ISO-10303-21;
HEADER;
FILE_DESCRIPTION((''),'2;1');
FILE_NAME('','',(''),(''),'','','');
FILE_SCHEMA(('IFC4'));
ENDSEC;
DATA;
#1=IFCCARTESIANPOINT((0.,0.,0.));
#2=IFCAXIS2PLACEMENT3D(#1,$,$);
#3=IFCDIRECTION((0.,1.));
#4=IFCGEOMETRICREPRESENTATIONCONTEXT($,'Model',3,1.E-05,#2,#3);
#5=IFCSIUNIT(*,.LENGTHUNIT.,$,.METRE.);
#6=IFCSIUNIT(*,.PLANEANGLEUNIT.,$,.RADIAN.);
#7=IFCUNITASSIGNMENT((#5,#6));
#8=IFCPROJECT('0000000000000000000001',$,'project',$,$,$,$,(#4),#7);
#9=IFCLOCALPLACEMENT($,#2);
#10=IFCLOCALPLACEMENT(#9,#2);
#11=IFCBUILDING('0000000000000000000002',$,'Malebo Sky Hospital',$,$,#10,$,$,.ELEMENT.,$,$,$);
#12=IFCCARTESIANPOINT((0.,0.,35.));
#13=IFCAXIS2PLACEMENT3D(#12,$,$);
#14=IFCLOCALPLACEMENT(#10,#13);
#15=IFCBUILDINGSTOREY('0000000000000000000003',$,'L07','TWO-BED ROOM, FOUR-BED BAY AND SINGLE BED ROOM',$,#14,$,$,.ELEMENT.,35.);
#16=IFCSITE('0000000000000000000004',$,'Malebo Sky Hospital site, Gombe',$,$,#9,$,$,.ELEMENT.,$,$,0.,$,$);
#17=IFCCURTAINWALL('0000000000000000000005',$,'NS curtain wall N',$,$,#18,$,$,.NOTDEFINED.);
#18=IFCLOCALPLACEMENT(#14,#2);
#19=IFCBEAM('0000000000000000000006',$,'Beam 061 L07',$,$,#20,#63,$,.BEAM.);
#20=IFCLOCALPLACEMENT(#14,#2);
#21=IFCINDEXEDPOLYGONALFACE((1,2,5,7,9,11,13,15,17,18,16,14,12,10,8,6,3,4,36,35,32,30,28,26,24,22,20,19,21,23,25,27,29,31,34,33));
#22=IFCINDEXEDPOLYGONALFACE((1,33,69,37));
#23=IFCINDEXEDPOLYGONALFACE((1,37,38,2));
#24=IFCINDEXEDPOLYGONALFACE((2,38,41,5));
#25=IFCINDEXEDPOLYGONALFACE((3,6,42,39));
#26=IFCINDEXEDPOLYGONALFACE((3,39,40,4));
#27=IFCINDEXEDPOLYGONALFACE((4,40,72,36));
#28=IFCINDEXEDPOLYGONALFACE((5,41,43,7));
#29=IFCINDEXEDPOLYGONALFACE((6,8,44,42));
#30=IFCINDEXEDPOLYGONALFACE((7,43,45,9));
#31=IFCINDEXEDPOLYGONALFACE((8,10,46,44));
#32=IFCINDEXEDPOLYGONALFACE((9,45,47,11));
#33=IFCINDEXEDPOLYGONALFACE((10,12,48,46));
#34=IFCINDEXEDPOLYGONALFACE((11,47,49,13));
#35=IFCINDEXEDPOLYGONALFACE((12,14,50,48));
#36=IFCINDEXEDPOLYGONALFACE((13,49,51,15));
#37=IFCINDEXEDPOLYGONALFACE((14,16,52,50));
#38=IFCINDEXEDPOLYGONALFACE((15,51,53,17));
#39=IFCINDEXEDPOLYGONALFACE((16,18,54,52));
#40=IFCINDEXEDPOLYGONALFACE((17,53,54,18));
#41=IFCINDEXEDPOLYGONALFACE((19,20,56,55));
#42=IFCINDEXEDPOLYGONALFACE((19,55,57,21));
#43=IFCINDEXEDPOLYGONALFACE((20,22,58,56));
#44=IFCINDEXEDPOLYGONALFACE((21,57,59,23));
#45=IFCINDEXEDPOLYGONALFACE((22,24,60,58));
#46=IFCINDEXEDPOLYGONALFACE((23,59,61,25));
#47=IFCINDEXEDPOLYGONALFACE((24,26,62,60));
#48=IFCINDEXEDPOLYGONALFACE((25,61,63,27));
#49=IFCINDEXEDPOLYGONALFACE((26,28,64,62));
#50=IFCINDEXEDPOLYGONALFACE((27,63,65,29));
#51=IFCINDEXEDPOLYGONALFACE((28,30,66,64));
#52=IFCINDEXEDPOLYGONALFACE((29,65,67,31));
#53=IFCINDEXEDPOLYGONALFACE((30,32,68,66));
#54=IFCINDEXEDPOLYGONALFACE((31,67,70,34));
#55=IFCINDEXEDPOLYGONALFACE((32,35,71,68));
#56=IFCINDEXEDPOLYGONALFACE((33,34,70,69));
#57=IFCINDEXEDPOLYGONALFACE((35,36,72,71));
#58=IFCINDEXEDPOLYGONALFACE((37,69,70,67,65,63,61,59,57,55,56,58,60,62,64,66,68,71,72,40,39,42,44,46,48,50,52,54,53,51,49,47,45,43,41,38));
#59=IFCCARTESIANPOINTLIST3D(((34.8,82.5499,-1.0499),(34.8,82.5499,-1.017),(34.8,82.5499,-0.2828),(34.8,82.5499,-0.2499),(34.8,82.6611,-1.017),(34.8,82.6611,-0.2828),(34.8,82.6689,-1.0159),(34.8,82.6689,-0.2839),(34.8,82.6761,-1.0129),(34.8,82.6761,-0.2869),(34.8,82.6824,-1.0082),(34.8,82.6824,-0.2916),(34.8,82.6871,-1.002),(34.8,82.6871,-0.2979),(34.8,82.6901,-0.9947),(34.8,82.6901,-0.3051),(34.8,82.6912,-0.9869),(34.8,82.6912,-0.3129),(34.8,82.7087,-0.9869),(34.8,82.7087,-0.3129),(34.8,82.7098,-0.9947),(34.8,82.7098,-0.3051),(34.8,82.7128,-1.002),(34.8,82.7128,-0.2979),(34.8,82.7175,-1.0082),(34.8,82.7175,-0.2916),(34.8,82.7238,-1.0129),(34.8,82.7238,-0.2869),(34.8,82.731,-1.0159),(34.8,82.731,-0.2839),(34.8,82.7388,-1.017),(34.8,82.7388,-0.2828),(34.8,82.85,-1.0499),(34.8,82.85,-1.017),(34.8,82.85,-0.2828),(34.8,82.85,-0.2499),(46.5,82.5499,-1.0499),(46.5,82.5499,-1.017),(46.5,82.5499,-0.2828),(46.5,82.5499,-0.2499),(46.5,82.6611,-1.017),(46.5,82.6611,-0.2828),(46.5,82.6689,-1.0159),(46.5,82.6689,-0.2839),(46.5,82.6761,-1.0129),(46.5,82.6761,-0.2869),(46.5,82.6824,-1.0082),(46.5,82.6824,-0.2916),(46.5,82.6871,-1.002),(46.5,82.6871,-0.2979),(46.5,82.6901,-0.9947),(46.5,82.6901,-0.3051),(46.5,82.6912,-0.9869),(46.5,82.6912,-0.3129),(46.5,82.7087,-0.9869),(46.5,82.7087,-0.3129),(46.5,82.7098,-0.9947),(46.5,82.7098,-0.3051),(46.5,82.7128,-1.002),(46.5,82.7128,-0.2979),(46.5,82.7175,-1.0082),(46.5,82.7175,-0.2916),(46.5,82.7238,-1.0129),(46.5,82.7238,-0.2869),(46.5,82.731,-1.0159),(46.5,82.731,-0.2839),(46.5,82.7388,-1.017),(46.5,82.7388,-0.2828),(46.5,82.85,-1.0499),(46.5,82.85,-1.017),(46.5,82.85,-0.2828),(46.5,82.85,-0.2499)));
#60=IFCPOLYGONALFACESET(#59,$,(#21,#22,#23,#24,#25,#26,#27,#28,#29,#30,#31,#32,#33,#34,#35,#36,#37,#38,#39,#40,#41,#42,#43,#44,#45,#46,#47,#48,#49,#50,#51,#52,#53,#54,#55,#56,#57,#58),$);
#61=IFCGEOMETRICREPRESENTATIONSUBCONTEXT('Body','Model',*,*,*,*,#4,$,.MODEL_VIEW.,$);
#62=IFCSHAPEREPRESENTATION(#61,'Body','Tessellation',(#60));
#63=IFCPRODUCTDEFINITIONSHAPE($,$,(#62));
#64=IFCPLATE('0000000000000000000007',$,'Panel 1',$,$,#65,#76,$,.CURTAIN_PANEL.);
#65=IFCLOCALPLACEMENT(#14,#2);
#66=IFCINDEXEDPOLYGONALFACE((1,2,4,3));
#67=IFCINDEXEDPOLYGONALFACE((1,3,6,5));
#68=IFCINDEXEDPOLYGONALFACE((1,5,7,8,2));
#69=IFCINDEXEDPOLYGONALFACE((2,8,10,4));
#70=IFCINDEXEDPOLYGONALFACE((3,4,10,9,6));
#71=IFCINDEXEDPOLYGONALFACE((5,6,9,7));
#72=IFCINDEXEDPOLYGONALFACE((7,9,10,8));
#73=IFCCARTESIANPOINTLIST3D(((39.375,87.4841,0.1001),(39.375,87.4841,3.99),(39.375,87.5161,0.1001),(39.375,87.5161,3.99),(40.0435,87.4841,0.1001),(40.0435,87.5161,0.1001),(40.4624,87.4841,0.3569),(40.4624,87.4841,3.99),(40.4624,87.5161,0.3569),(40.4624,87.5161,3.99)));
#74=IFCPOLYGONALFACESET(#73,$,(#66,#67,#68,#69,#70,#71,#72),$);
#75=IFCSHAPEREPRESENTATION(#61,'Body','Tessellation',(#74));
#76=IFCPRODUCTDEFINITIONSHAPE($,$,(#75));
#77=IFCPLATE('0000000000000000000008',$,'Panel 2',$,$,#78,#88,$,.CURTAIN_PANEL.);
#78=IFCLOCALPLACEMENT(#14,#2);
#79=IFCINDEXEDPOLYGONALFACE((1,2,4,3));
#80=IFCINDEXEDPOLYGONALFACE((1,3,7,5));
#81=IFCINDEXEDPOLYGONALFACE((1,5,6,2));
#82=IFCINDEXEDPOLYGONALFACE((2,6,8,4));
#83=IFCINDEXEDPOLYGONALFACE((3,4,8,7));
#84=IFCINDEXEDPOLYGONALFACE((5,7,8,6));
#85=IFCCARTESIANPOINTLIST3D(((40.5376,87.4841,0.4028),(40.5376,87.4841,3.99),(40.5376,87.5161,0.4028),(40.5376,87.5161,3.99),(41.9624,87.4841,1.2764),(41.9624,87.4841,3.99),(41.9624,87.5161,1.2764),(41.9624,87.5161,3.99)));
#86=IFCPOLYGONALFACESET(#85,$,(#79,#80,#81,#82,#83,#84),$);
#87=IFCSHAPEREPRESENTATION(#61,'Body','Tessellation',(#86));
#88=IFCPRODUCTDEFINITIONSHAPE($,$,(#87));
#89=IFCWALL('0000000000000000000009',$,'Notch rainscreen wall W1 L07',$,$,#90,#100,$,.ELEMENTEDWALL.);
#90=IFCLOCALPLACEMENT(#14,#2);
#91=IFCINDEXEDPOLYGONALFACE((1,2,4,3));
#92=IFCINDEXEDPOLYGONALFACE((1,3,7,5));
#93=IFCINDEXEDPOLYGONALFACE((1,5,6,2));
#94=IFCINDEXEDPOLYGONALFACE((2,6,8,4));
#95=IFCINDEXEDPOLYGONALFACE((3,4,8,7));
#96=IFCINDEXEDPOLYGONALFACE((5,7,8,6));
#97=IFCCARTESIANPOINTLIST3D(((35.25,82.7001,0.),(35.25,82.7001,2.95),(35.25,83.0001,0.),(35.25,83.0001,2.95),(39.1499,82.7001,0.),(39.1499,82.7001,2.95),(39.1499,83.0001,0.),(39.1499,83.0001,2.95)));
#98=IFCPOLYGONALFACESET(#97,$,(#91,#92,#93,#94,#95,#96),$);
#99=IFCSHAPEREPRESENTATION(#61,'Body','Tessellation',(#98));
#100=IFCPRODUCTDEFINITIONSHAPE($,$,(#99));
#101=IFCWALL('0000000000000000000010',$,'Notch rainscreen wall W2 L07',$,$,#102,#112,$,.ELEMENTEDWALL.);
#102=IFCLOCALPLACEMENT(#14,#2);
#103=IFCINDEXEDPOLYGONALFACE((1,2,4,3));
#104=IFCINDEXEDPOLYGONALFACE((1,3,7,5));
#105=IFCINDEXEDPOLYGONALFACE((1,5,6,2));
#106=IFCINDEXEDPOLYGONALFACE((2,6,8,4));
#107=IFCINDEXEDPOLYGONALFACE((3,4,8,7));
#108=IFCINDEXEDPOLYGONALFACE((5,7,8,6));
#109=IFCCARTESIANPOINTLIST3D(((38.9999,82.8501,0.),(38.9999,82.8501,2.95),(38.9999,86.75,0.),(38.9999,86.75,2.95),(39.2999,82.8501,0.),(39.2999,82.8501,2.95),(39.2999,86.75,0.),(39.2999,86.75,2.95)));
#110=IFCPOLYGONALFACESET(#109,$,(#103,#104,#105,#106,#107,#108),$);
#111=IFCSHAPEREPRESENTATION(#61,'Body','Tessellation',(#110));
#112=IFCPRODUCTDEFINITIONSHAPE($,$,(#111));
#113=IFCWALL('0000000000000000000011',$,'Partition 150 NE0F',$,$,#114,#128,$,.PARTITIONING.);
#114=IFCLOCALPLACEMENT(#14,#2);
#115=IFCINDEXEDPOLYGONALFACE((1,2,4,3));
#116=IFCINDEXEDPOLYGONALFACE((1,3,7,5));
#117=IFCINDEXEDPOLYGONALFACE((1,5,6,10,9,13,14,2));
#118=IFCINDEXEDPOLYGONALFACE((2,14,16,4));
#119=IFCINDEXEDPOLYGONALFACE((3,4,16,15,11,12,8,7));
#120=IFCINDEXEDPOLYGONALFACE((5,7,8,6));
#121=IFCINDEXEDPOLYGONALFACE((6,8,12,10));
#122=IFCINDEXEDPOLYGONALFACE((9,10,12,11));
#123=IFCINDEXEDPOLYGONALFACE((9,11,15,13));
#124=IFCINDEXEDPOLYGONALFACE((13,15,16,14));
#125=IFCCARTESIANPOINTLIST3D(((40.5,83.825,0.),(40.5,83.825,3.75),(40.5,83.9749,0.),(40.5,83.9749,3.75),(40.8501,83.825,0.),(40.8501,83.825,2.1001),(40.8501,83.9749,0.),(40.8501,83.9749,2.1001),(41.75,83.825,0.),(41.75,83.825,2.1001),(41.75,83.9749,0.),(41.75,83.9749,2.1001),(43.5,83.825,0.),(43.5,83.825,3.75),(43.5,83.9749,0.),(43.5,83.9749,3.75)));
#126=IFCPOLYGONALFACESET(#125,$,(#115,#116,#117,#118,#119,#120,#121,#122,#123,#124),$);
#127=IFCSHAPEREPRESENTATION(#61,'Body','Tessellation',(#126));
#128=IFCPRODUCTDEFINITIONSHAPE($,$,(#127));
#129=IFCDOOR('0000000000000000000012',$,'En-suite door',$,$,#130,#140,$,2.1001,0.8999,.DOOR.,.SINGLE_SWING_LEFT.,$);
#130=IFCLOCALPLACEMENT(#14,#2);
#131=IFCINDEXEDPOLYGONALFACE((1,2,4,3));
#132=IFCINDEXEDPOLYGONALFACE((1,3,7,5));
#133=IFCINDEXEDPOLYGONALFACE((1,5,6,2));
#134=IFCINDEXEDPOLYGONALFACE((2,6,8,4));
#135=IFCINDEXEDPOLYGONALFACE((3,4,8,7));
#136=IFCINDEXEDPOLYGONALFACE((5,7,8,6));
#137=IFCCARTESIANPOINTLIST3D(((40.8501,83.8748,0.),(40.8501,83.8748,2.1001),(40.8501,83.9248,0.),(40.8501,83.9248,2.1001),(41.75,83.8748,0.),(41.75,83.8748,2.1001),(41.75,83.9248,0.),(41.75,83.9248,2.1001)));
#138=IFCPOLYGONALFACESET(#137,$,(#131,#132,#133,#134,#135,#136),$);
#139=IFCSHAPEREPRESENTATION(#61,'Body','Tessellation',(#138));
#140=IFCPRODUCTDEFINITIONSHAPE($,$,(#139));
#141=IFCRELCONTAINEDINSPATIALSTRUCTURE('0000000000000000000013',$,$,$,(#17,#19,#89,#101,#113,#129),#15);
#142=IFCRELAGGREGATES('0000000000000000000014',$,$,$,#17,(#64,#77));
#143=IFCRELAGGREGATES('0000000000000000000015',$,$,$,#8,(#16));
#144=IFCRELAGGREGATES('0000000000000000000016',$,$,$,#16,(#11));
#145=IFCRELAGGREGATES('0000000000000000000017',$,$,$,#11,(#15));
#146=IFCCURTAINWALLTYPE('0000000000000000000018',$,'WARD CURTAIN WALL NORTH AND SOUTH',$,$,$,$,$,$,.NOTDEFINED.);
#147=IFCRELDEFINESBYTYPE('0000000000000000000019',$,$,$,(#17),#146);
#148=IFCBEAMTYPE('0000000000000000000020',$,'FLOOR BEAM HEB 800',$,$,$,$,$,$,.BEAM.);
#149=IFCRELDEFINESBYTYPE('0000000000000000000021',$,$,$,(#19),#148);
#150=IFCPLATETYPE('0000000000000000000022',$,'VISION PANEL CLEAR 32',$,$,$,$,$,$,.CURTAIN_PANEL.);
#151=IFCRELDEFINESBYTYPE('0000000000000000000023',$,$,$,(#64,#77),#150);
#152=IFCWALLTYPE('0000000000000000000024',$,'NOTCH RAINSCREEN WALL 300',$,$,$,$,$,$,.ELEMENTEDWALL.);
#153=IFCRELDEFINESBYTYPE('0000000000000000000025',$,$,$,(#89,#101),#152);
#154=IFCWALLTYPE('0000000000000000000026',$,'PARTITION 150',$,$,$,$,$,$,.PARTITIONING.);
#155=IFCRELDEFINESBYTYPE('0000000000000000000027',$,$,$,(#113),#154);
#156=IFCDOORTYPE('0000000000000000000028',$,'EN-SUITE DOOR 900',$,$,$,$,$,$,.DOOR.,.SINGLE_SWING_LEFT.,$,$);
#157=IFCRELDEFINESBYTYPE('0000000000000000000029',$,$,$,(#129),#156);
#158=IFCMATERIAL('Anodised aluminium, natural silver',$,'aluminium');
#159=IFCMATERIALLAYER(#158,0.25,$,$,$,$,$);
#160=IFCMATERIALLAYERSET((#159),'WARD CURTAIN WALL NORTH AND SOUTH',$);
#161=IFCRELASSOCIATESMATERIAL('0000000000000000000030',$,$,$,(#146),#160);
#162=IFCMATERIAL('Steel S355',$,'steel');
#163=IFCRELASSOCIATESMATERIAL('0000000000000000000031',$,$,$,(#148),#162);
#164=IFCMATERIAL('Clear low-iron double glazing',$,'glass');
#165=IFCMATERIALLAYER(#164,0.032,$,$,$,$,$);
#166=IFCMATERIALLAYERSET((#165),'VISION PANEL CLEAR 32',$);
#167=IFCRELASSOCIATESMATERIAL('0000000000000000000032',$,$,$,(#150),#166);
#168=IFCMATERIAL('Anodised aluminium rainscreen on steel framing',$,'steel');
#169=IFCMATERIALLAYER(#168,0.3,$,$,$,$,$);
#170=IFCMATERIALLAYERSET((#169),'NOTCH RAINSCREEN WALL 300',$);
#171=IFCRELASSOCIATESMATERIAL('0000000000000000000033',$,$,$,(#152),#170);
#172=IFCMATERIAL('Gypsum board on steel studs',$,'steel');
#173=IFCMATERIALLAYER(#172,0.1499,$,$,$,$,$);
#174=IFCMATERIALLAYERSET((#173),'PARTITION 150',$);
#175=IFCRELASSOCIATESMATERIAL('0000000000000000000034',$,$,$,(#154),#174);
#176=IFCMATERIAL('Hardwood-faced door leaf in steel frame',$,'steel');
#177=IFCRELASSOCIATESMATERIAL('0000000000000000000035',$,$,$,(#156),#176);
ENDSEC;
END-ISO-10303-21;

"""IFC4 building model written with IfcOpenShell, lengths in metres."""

from ifc_helpers import new_model, si_unit, direction, frame, frame_2d, origin, origin_2d, place, context, subcontext, project, spatial, polyline, rectangle, i_section, outline, extrude, material, layer, layer_set, material_profile, profile_set, type_object, element, fill, aggregate, save


model = new_model("IFC4")

# Units and contexts
model_context = context("Model", 3, precision=1e-05, world=origin(), true_north=direction((0.0, 1.0)))
body_context = subcontext(model_context, "Body", "Model", "MODEL_VIEW")
ifc_project = project(units=[si_unit("LENGTHUNIT", "METRE"), si_unit("PLANEANGLEUNIT", "RADIAN")], contexts=[model_context])

# Site, building, storey
site_placement = place(None, origin())
site = spatial("IfcSite", under=ifc_project, at=site_placement, Name="Malebo Sky Hospital site, Gombe", CompositionType="ELEMENT", RefElevation=0.0)
building_placement = place(site_placement, origin())
building = spatial("IfcBuilding", under=site, at=building_placement, Name="Malebo Sky Hospital", CompositionType="ELEMENT")
storey_placement = place(building_placement, frame((0.0, 0.0, 35.0)))
storey = spatial("IfcBuildingStorey", under=building, at=storey_placement, Name="L07", Description="TWO-BED ROOM, FOUR-BED BAY AND SINGLE BED ROOM", CompositionType="ELEMENT", Elevation=35.0)

# Curtain wall
ifc_material_1 = material(Name="Anodised aluminium, natural silver", Category="aluminium")
ifc_layer_1 = layer(ifc_material_1, 0.25)
ifc_layer_set_1 = layer_set([ifc_layer_1], Name="WARD CURTAIN WALL NORTH AND SOUTH")
curtain_wall_type = type_object("IfcCurtainWallType", Name="WARD CURTAIN WALL NORTH AND SOUTH", PredefinedType="NOTDEFINED", material=ifc_layer_set_1)
curtain_wall_placement = place(storey_placement, origin())
curtain_wall = element("IfcCurtainWall", 1, at=curtain_wall_placement, inside=storey, type_object=curtain_wall_type, Name="NS curtain wall N", PredefinedType="NOTDEFINED")

# Shared definitions
ifc_material_2 = material(Name="Steel S355", Category="steel")

# Beam
ifc_material_profile_1 = material_profile(ifc_material_2, i_section(OverallWidth=0.3, OverallDepth=0.8, WebThickness=0.0176, FlangeThickness=0.033, FilletRadius=0.03, at=origin_2d()), Name="HEB 800")
ifc_profile_set_1 = profile_set([ifc_material_profile_1], Name="Steel S355")
beam_type_1 = type_object("IfcBeamType", Name="FLOOR BEAM HEB 800", PredefinedType="BEAM", material=ifc_profile_set_1)
beam_1_placement = place(storey_placement, frame((34.8, 82.7, -0.6499), z_axis=(1.0, 0.0, 0.0), x_axis=(0.0, 1.0, 0.0)))
element("IfcBeam", 2, at=beam_1_placement, inside=storey, type_object=beam_type_1, Name="Beam 061 L07", PredefinedType="BEAM", context=body_context, shape_type="SweptSolid", body=[
    extrude(i_section(OverallWidth=0.3, OverallDepth=0.8, WebThickness=0.0176, FlangeThickness=0.033, FilletRadius=0.03, at=origin_2d()), origin(), (0.0, 0.0, 1.0), 11.7),
])

# Plates
ifc_material_3 = material(Name="Clear low-iron double glazing", Category="glass")
ifc_layer_2 = layer(ifc_material_3, 0.032)
ifc_layer_set_2 = layer_set([ifc_layer_2], Name="VISION PANEL CLEAR 32")
plate_type = type_object("IfcPlateType", Name="VISION PANEL CLEAR 32", PredefinedType="CURTAIN_PANEL", material=ifc_layer_set_2)
plate_1_placement = place(storey_placement, frame((39.9187, 87.5, 0.1001), z_axis=(0.0, 0.0, 1.0), x_axis=(1.0, 0.0, 0.0)))
plate_1 = element("IfcPlate", 3, at=plate_1_placement, type_object=plate_type, Name="Panel 1", PredefinedType="CURTAIN_PANEL", context=body_context, shape_type="SweptSolid", body=[
    extrude(outline(polyline([(-0.5437, 0.0), (0.1248, 0.0), (0.5437, 0.2568), (0.5437, 3.8899), (-0.5437, 3.8899), (-0.5437, 0.0)])), frame((0.0, 0.0161, 0.0), z_axis=(0.0, -1.0, 0.0), x_axis=(1.0, 0.0, 0.0)), (0.0, 0.0, 1.0), 0.032),
])
plate_2_placement = place(storey_placement, frame((41.25, 87.5, 0.4028), z_axis=(0.0, 0.0, 1.0), x_axis=(1.0, 0.0, 0.0)))
plate_2 = element("IfcPlate", 4, at=plate_2_placement, type_object=plate_type, Name="Panel 2", PredefinedType="CURTAIN_PANEL", context=body_context, shape_type="SweptSolid", body=[
    extrude(outline(polyline([(-0.7124, 0.0), (0.7124, 0.8735), (0.7124, 3.5872), (-0.7124, 3.5872), (-0.7124, 0.0)])), frame((0.0, 0.0161, 0.0), z_axis=(0.0, -1.0, 0.0), x_axis=(1.0, 0.0, 0.0)), (0.0, 0.0, 1.0), 0.032),
])
aggregate(curtain_wall, [plate_1, plate_2])

# Walls
ifc_material_4 = material(Name="Anodised aluminium rainscreen on steel framing", Category="steel")
ifc_layer_3 = layer(ifc_material_4, 0.3)
ifc_layer_set_3 = layer_set([ifc_layer_3], Name="NOTCH RAINSCREEN WALL 300")
wall_type_1 = type_object("IfcWallType", Name="NOTCH RAINSCREEN WALL 300", PredefinedType="ELEMENTEDWALL", material=ifc_layer_set_3)
for number, where, z_axis, x_axis, name in (
    (5, (35.25, 82.8501, 0.0), (0.0, 0.0, 1.0), (1.0, 0.0, 0.0), "Notch rainscreen wall W1 L07"),
    (6, (39.1499, 82.8501, 0.0), (0.0, 0.0, 1.0), (0.0, 1.0, 0.0), "Notch rainscreen wall W2 L07"),
):
    element("IfcWall", number, at=place(storey_placement, frame(where, z_axis=z_axis, x_axis=x_axis)), inside=storey, type_object=wall_type_1, Name=name, PredefinedType="ELEMENTEDWALL", context=body_context, shape_type="SweptSolid", body=[
        extrude(rectangle(XDim=3.8999, YDim=0.3, at=frame_2d((1.95, 0.0))), origin(), (0.0, 0.0, 1.0), 2.95),
    ])

# Wall, opening, door
ifc_material_5 = material(Name="Gypsum board on steel studs", Category="steel")
ifc_layer_4 = layer(ifc_material_5, 0.1499)
ifc_layer_set_4 = layer_set([ifc_layer_4], Name="PARTITION 150")
wall_type_2 = type_object("IfcWallType", Name="PARTITION 150", PredefinedType="PARTITIONING", material=ifc_layer_set_4)
wall_placement = place(storey_placement, frame((40.5, 83.8999, 0.0), z_axis=(0.0, 0.0, 1.0), x_axis=(1.0, 0.0, 0.0)))
wall = element("IfcWall", 7, at=wall_placement, inside=storey, type_object=wall_type_2, Name="Partition 150 NE0F", PredefinedType="PARTITIONING", context=body_context, shape_type="SweptSolid", body=[
    extrude(rectangle(XDim=3.0, YDim=0.1499, at=frame_2d((1.5, 0.0))), origin(), (0.0, 0.0, 1.0), 3.75),
])
opening_placement = place(wall_placement, frame((0.3501, 0.0, 0.0)))
opening = element("IfcOpeningElement", 8, at=opening_placement, cuts=wall, PredefinedType="OPENING", context=body_context, shape_type="SweptSolid", body=[
    extrude(rectangle(XDim=0.8999, YDim=2.1001, at=frame_2d((0.45, 1.05))), frame((0.0, 0.085, 0.0), z_axis=(0.0, -1.0, 0.0), x_axis=(1.0, 0.0, 0.0)), (0.0, 0.0, 1.0), 0.1699),
])
ifc_material_6 = material(Name="Hardwood-faced door leaf in steel frame", Category="steel")
door_type = type_object("IfcDoorType", Name="EN-SUITE DOOR 900", OperationType="SINGLE_SWING_LEFT", PredefinedType="DOOR", material=ifc_material_6)
door_placement = place(opening_placement, origin())
door = element("IfcDoor", 9, at=door_placement, inside=storey, type_object=door_type, Name="En-suite door", OperationType="SINGLE_SWING_LEFT", OverallHeight=2.1001, OverallWidth=0.8999, PredefinedType="DOOR", context=body_context, shape_type="SweptSolid", body=[
    extrude(rectangle(XDim=0.8999, YDim=2.1001, at=frame_2d((0.45, 1.05))), frame((0.0, 0.0249, 0.0), z_axis=(0.0, -1.0, 0.0), x_axis=(1.0, 0.0, 0.0)), (0.0, 0.0, 1.0), 0.05),
])
fill(opening, door)

save(model, "model.ifc")
